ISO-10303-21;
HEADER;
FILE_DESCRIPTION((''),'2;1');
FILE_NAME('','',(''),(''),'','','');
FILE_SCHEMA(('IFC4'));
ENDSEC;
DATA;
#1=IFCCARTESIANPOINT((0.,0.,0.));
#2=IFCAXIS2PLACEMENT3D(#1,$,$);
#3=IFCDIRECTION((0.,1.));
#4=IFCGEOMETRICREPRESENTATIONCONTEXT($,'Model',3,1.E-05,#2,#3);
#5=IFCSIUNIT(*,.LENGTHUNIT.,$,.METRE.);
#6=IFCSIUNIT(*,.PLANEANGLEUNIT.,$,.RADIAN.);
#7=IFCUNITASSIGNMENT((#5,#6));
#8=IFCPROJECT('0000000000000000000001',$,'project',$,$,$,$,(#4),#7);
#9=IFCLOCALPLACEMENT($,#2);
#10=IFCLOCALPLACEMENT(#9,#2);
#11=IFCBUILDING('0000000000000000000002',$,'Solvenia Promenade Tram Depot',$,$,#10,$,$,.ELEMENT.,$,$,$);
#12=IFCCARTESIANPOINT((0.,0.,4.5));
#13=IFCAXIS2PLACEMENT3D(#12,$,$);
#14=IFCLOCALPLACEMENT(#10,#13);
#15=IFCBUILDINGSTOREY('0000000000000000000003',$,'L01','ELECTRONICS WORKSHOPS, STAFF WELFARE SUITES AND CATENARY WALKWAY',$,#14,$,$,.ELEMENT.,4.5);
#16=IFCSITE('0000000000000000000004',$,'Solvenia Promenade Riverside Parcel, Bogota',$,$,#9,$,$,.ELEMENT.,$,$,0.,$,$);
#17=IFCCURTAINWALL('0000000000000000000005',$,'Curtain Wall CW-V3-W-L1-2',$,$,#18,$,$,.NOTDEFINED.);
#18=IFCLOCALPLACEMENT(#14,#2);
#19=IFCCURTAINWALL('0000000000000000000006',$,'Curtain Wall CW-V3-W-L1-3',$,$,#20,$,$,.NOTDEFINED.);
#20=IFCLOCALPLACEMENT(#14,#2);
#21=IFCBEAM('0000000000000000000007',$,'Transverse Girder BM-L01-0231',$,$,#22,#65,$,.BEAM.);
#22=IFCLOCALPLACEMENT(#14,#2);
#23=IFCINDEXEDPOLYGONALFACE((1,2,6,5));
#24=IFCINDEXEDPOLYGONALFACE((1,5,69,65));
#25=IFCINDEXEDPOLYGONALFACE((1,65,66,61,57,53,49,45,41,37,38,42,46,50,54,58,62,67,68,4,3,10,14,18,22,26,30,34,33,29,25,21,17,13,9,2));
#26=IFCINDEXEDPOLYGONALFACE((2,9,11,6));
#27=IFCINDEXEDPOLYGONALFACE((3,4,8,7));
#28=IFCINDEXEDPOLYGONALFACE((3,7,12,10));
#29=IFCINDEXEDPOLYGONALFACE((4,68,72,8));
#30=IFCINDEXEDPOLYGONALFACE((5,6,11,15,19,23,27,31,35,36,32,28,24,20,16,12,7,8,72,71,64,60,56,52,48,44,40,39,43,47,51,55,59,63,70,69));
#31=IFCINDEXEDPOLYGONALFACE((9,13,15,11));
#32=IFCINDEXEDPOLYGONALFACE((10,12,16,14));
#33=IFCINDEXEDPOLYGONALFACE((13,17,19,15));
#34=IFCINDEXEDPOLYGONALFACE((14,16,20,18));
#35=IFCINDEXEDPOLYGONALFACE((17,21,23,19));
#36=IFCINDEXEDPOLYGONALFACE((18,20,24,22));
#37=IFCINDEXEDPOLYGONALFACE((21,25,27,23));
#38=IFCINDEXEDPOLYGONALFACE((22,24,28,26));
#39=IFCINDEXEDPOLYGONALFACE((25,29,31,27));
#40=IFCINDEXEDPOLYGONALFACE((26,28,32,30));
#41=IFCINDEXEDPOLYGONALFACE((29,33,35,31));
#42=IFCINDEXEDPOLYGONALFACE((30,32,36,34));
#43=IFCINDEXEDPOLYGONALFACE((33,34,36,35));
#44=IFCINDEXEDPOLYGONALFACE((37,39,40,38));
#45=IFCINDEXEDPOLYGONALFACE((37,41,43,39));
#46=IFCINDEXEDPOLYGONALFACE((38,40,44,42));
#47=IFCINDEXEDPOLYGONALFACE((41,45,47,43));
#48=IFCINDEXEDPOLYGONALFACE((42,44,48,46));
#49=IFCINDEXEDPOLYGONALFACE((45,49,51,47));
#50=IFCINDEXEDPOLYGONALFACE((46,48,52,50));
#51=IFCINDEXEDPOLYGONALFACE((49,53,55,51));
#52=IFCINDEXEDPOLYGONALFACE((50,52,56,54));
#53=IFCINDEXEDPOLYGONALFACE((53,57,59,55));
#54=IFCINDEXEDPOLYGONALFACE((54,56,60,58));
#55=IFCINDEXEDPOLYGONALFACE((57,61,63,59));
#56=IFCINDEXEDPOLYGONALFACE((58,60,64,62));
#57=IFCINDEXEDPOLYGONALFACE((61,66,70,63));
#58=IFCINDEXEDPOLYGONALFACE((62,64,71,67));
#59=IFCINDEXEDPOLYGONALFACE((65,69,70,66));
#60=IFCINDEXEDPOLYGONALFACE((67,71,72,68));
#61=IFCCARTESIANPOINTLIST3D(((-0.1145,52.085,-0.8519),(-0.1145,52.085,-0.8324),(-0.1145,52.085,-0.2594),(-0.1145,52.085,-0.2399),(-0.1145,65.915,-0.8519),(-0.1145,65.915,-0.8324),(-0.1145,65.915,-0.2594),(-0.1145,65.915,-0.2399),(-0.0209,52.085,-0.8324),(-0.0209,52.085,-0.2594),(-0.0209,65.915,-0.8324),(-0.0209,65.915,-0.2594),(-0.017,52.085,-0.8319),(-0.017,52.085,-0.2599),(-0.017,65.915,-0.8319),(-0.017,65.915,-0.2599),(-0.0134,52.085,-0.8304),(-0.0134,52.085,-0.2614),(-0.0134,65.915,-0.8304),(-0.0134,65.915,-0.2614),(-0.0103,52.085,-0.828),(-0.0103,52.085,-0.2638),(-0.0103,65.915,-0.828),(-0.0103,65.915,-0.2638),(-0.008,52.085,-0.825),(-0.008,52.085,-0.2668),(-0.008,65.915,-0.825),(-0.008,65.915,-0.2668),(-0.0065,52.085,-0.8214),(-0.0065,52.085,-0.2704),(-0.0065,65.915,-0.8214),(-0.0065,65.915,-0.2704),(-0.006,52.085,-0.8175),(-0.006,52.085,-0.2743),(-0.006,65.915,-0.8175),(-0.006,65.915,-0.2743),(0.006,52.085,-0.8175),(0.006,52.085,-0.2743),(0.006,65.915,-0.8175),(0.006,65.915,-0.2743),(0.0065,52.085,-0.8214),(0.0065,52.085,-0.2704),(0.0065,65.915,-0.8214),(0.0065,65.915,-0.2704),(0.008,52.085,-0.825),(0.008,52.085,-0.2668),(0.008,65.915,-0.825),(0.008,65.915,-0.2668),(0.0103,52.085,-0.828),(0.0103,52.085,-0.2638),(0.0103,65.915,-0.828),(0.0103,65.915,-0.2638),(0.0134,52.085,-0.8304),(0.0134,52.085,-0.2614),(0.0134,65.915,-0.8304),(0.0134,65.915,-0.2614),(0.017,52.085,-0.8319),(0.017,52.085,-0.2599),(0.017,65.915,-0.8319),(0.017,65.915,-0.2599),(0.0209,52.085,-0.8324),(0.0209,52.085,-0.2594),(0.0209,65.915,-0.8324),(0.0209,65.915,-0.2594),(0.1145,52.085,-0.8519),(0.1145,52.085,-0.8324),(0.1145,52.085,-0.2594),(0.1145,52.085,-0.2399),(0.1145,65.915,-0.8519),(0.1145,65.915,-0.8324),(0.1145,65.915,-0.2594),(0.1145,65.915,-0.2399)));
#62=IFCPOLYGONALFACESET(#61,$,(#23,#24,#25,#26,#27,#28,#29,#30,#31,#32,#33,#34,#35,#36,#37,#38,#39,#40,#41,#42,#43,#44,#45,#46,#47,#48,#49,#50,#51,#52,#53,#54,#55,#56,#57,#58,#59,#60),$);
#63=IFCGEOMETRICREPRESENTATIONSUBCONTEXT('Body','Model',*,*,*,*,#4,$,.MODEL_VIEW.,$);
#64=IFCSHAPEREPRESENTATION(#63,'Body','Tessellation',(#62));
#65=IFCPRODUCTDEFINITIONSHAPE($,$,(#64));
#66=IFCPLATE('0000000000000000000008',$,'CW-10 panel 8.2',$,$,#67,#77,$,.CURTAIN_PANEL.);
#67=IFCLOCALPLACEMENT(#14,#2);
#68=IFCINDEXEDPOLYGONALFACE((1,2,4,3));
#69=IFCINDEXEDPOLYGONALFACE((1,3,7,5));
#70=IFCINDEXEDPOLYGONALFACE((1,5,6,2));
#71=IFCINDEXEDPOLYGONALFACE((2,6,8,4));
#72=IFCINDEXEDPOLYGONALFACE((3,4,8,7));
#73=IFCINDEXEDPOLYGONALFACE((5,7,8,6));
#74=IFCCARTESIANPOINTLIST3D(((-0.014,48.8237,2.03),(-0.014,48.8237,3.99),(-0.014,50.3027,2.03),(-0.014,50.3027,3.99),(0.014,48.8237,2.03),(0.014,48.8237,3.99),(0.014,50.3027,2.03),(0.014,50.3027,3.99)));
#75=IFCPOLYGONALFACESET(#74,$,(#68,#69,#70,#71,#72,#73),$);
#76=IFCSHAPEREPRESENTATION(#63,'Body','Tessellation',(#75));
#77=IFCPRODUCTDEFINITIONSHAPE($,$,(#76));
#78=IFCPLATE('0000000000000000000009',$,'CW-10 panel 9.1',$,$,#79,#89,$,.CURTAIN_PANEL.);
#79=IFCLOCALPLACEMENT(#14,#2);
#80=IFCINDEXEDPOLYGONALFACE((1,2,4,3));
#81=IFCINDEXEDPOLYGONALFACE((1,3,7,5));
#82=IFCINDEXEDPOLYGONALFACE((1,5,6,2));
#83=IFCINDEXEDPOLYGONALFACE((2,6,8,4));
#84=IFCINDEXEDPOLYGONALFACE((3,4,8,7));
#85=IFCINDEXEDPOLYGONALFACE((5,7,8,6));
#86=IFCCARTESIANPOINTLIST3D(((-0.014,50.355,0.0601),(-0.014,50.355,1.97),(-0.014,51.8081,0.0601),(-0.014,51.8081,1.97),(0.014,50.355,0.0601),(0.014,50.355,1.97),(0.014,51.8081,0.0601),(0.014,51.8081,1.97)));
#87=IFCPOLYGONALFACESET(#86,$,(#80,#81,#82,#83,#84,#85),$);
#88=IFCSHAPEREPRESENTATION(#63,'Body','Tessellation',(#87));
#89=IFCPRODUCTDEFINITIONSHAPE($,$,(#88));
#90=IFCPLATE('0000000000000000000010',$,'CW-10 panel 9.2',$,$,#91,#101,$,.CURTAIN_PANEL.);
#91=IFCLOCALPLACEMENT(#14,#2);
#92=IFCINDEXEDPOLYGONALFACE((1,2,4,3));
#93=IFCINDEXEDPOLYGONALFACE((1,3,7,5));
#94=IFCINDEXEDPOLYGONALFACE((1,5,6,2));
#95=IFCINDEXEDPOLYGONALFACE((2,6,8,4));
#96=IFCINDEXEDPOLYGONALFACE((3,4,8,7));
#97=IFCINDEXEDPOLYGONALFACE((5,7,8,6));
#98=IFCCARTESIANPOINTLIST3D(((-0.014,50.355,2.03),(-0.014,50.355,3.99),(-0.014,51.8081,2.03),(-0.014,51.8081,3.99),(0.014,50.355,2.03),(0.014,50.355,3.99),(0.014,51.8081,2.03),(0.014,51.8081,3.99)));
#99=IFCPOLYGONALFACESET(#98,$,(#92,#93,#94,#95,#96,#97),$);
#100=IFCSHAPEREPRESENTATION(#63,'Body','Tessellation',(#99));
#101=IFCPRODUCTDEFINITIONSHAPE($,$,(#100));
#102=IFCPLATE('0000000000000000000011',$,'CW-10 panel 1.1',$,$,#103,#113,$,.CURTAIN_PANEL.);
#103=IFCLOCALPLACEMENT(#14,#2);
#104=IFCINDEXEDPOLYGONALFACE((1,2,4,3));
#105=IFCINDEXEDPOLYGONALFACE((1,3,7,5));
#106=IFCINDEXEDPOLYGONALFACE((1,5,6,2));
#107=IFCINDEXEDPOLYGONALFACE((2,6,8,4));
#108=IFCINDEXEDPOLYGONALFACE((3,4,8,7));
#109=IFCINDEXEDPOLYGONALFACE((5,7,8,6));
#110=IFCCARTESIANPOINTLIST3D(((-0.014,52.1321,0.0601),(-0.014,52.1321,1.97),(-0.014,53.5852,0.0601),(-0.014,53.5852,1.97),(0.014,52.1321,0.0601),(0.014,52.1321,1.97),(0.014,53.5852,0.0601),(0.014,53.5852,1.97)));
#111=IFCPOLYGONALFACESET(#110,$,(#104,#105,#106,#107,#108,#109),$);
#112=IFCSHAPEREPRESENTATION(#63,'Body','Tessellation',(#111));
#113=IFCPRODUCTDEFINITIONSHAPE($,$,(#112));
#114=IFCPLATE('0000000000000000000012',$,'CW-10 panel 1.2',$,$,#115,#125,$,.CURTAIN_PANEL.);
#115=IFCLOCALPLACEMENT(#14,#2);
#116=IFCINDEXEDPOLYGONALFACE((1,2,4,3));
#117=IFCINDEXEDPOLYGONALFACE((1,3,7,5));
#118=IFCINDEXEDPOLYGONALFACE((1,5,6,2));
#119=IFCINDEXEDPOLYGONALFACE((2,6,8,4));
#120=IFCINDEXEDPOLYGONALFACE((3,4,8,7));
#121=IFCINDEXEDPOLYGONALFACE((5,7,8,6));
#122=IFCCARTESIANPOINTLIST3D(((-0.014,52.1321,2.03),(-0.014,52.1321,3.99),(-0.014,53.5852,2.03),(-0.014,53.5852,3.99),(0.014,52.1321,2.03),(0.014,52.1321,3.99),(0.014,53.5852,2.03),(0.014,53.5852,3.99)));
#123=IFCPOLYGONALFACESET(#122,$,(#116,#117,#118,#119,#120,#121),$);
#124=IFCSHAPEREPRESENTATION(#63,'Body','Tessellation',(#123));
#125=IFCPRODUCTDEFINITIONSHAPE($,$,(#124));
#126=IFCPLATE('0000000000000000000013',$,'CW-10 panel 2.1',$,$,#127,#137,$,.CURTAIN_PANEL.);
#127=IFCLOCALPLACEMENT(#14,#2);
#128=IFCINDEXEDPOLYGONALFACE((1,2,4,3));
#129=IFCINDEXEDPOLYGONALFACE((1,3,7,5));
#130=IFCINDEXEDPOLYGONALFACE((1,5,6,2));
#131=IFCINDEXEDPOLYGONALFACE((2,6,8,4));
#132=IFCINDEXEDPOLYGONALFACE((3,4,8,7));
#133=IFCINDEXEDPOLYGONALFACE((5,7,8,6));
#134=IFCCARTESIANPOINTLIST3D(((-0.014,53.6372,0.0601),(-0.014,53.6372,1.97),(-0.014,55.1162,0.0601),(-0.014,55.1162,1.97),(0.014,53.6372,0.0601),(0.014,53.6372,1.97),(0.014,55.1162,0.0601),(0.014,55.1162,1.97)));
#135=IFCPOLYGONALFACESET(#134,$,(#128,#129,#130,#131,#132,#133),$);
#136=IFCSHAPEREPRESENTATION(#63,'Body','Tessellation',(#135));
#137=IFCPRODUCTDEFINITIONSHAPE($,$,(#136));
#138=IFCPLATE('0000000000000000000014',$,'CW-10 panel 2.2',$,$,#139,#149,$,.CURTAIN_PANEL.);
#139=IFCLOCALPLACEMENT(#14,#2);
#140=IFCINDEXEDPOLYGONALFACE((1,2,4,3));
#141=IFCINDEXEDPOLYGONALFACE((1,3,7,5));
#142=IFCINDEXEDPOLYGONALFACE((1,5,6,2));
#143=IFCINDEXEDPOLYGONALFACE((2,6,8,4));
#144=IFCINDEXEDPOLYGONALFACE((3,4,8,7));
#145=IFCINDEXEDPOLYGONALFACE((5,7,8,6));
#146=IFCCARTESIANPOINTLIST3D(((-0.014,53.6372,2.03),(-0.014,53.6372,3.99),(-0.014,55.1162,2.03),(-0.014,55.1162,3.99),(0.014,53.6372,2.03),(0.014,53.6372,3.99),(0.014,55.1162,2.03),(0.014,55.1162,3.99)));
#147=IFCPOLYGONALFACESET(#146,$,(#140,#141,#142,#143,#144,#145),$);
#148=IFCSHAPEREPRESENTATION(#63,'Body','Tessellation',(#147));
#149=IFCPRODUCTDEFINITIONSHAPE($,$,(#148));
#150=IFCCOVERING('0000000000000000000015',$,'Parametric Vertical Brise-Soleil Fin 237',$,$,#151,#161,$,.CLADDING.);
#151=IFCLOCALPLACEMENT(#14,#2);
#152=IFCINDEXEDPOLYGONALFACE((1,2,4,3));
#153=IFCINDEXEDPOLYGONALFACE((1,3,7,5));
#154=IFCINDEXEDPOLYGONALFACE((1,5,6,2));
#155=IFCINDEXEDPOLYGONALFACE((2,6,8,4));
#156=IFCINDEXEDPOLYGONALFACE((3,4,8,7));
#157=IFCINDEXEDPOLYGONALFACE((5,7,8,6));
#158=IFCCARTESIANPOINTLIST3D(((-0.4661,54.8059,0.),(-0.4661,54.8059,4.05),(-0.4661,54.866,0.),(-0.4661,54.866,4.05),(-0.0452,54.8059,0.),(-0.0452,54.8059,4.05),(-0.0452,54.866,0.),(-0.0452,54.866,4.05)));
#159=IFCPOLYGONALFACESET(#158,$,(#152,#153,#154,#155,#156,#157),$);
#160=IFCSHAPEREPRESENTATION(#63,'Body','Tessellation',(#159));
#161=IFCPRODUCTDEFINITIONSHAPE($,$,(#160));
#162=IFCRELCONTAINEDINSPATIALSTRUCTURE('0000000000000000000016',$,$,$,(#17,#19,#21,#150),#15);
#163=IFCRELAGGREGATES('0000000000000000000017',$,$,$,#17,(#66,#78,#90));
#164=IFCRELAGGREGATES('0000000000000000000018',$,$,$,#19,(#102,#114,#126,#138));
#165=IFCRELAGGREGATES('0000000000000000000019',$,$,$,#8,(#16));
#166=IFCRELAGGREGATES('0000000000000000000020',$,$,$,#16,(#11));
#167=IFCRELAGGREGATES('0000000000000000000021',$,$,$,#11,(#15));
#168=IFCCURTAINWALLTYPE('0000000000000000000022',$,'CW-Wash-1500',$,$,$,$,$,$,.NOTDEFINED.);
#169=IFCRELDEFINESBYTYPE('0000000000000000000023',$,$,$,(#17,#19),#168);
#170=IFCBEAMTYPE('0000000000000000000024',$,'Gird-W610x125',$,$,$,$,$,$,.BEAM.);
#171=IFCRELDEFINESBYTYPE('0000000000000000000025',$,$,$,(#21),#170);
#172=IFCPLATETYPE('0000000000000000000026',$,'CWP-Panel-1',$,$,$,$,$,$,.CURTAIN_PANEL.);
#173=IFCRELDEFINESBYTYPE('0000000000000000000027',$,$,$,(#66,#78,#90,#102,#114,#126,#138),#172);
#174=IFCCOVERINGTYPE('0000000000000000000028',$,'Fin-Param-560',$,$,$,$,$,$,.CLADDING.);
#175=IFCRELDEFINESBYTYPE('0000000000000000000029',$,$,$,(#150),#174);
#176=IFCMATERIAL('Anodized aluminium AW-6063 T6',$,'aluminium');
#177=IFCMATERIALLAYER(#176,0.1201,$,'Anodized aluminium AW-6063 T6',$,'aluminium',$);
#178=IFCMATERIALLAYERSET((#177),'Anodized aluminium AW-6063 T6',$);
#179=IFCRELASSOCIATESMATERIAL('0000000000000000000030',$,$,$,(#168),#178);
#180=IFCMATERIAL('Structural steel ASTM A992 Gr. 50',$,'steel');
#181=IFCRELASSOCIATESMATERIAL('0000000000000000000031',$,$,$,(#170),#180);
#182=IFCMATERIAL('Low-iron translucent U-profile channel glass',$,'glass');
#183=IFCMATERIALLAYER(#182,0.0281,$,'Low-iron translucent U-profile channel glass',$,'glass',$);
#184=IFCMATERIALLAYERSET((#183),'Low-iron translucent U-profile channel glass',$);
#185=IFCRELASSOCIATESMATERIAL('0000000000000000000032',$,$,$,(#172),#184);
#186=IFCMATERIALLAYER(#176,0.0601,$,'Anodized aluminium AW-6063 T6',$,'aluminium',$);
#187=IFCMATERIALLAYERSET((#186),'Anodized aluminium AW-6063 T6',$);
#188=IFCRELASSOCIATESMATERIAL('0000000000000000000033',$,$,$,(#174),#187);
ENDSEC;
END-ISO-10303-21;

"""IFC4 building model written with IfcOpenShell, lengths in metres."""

from ifc_helpers import new_model, si_unit, direction, frame, origin, origin_2d, place, context, subcontext, project, spatial, rectangle, i_section, extrude, material, layer, layer_set, material_profile, profile_set, type_object, element, aggregate, save


model = new_model("IFC4")

# Units and contexts
model_context = context("Model", 3, precision=1e-05, world=origin(), true_north=direction((0.0, 1.0)))
body_context = subcontext(model_context, "Body", "Model", "MODEL_VIEW")
ifc_project = project(units=[si_unit("LENGTHUNIT", "METRE"), si_unit("PLANEANGLEUNIT", "RADIAN")], contexts=[model_context])

# Site, building, storey
site_placement = place(None, origin())
site = spatial("IfcSite", under=ifc_project, at=site_placement, Name="Solvenia Promenade Riverside Parcel, Bogota", CompositionType="ELEMENT", RefElevation=0.0)
building_placement = place(site_placement, origin())
building = spatial("IfcBuilding", under=site, at=building_placement, Name="Solvenia Promenade Tram Depot", CompositionType="ELEMENT")
storey_placement = place(building_placement, frame((0.0, 0.0, 4.5)))
storey = spatial("IfcBuildingStorey", under=building, at=storey_placement, Name="L01", Description="ELECTRONICS WORKSHOPS, STAFF WELFARE SUITES AND CATENARY WALKWAY", CompositionType="ELEMENT", Elevation=4.5)

# Shared definitions
ifc_material_1 = material(Name="Structural steel ASTM A992 Gr. 50", Category="steel")

# Curtain walls
ifc_material_2 = material(Name="Anodized aluminium AW-6063 T6", Category="aluminium")
ifc_layer_1 = layer(ifc_material_2, 0.1201, Name="Anodized aluminium AW-6063 T6", Category="aluminium")
ifc_layer_set_1 = layer_set([ifc_layer_1], Name="Anodized aluminium AW-6063 T6")
curtain_wall_type = type_object("IfcCurtainWallType", Name="CW-Wash-1500", PredefinedType="NOTDEFINED", material=ifc_layer_set_1)
curtain_wall_1_placement = place(storey_placement, origin())
curtain_wall_1 = element("IfcCurtainWall", 1, at=curtain_wall_1_placement, inside=storey, type_object=curtain_wall_type, Name="Curtain Wall CW-V3-W-L1-2", PredefinedType="NOTDEFINED")
curtain_wall_2_placement = place(storey_placement, origin())
curtain_wall_2 = element("IfcCurtainWall", 2, at=curtain_wall_2_placement, inside=storey, type_object=curtain_wall_type, Name="Curtain Wall CW-V3-W-L1-3", PredefinedType="NOTDEFINED")

# Beam
ifc_material_profile_1 = material_profile(ifc_material_1, i_section(OverallWidth=0.229, OverallDepth=0.6121, WebThickness=0.012, FlangeThickness=0.0195, FilletRadius=0.0149, at=origin_2d()), Name="W610x125", Category="steel")
ifc_profile_set_1 = profile_set([ifc_material_profile_1], Name="Structural steel ASTM A992 Gr. 50")
beam_type_1 = type_object("IfcBeamType", Name="Gird-W610x125", PredefinedType="BEAM", material=ifc_profile_set_1)
beam_1_placement = place(storey_placement, frame((0.0, 52.085, -0.5459), z_axis=(0.0, 1.0, 0.0), x_axis=(-1.0, 0.0, 0.0)))
element("IfcBeam", 3, at=beam_1_placement, inside=storey, type_object=beam_type_1, Name="Transverse Girder BM-L01-0231", PredefinedType="BEAM", context=body_context, shape_type="SweptSolid", body=[
    extrude(i_section(OverallWidth=0.229, OverallDepth=0.6121, WebThickness=0.012, FlangeThickness=0.0195, FilletRadius=0.0149, at=origin_2d()), origin(), (0.0, 0.0, 1.0), 13.8301),
])

# Plates
ifc_material_3 = material(Name="Low-iron translucent U-profile channel glass", Category="glass")
ifc_layer_2 = layer(ifc_material_3, 0.0281, Name="Low-iron translucent U-profile channel glass", Category="glass")
ifc_layer_set_2 = layer_set([ifc_layer_2], Name="Low-iron translucent U-profile channel glass")
plate_type = type_object("IfcPlateType", Name="CWP-Panel-1", PredefinedType="CURTAIN_PANEL", material=ifc_layer_set_2)
plate_1_placement = place(storey_placement, frame((0.0, 49.5632, 2.03), z_axis=(0.0, 0.0, 1.0), x_axis=(0.0, 1.0, 0.0)))
plate_1 = element("IfcPlate", 4, at=plate_1_placement, type_object=plate_type, Name="CW-10 panel 8.2", PredefinedType="CURTAIN_PANEL", context=body_context, shape_type="SweptSolid", body=[
    extrude(rectangle(XDim=1.479, YDim=0.0281, at=origin_2d()), origin(), (0.0, 0.0, 1.0), 1.96),
])
plate_2_placement = place(storey_placement, frame((0.0, 51.0815, 0.0601), z_axis=(0.0, 0.0, 1.0), x_axis=(0.0, 1.0, 0.0)))
plate_2 = element("IfcPlate", 5, at=plate_2_placement, type_object=plate_type, Name="CW-10 panel 9.1", PredefinedType="CURTAIN_PANEL", context=body_context, shape_type="SweptSolid", body=[
    extrude(rectangle(XDim=1.4531, YDim=0.0281, at=origin_2d()), origin(), (0.0, 0.0, 1.0), 1.9099),
])
plate_3_placement = place(storey_placement, frame((0.0, 51.0815, 2.03), z_axis=(0.0, 0.0, 1.0), x_axis=(0.0, 1.0, 0.0)))
plate_3 = element("IfcPlate", 6, at=plate_3_placement, type_object=plate_type, Name="CW-10 panel 9.2", PredefinedType="CURTAIN_PANEL", context=body_context, shape_type="SweptSolid", body=[
    extrude(rectangle(XDim=1.4531, YDim=0.0281, at=origin_2d()), origin(), (0.0, 0.0, 1.0), 1.96),
])
aggregate(curtain_wall_1, [plate_1, plate_2, plate_3])
plate_4_placement = place(storey_placement, frame((0.0, 52.8586, 0.0601), z_axis=(0.0, 0.0, 1.0), x_axis=(0.0, 1.0, 0.0)))
plate_4 = element("IfcPlate", 7, at=plate_4_placement, type_object=plate_type, Name="CW-10 panel 1.1", PredefinedType="CURTAIN_PANEL", context=body_context, shape_type="SweptSolid", body=[
    extrude(rectangle(XDim=1.4531, YDim=0.0281, at=origin_2d()), origin(), (0.0, 0.0, 1.0), 1.9099),
])
plate_5_placement = place(storey_placement, frame((0.0, 52.8586, 2.03), z_axis=(0.0, 0.0, 1.0), x_axis=(0.0, 1.0, 0.0)))
plate_5 = element("IfcPlate", 8, at=plate_5_placement, type_object=plate_type, Name="CW-10 panel 1.2", PredefinedType="CURTAIN_PANEL", context=body_context, shape_type="SweptSolid", body=[
    extrude(rectangle(XDim=1.4531, YDim=0.0281, at=origin_2d()), origin(), (0.0, 0.0, 1.0), 1.96),
])
plate_6_placement = place(storey_placement, frame((0.0, 54.3767, 0.0601), z_axis=(0.0, 0.0, 1.0), x_axis=(0.0, 1.0, 0.0)))
plate_6 = element("IfcPlate", 9, at=plate_6_placement, type_object=plate_type, Name="CW-10 panel 2.1", PredefinedType="CURTAIN_PANEL", context=body_context, shape_type="SweptSolid", body=[
    extrude(rectangle(XDim=1.479, YDim=0.0281, at=origin_2d()), origin(), (0.0, 0.0, 1.0), 1.9099),
])
plate_7_placement = place(storey_placement, frame((0.0, 54.3767, 2.03), z_axis=(0.0, 0.0, 1.0), x_axis=(0.0, 1.0, 0.0)))
plate_7 = element("IfcPlate", 10, at=plate_7_placement, type_object=plate_type, Name="CW-10 panel 2.2", PredefinedType="CURTAIN_PANEL", context=body_context, shape_type="SweptSolid", body=[
    extrude(rectangle(XDim=1.479, YDim=0.0281, at=origin_2d()), origin(), (0.0, 0.0, 1.0), 1.96),
])
aggregate(curtain_wall_2, [plate_4, plate_5, plate_6, plate_7])

# Covering
ifc_layer_3 = layer(ifc_material_2, 0.0601, Name="Anodized aluminium AW-6063 T6", Category="aluminium")
ifc_layer_set_3 = layer_set([ifc_layer_3], Name="Anodized aluminium AW-6063 T6")
covering_type = type_object("IfcCoveringType", Name="Fin-Param-560", PredefinedType="CLADDING", material=ifc_layer_set_3)
covering_placement = place(storey_placement, frame((-0.2556, 54.8359, 0.0), z_axis=(0.0, 0.0, 1.0), x_axis=(0.0, 1.0, 0.0)))
element("IfcCovering", 11, at=covering_placement, inside=storey, type_object=covering_type, Name="Parametric Vertical Brise-Soleil Fin 237", PredefinedType="CLADDING", context=body_context, shape_type="SweptSolid", body=[
    extrude(rectangle(XDim=0.0601, YDim=0.4209, at=origin_2d()), origin(), (0.0, 0.0, 1.0), 4.05),
])

save(model, "model.ifc")
